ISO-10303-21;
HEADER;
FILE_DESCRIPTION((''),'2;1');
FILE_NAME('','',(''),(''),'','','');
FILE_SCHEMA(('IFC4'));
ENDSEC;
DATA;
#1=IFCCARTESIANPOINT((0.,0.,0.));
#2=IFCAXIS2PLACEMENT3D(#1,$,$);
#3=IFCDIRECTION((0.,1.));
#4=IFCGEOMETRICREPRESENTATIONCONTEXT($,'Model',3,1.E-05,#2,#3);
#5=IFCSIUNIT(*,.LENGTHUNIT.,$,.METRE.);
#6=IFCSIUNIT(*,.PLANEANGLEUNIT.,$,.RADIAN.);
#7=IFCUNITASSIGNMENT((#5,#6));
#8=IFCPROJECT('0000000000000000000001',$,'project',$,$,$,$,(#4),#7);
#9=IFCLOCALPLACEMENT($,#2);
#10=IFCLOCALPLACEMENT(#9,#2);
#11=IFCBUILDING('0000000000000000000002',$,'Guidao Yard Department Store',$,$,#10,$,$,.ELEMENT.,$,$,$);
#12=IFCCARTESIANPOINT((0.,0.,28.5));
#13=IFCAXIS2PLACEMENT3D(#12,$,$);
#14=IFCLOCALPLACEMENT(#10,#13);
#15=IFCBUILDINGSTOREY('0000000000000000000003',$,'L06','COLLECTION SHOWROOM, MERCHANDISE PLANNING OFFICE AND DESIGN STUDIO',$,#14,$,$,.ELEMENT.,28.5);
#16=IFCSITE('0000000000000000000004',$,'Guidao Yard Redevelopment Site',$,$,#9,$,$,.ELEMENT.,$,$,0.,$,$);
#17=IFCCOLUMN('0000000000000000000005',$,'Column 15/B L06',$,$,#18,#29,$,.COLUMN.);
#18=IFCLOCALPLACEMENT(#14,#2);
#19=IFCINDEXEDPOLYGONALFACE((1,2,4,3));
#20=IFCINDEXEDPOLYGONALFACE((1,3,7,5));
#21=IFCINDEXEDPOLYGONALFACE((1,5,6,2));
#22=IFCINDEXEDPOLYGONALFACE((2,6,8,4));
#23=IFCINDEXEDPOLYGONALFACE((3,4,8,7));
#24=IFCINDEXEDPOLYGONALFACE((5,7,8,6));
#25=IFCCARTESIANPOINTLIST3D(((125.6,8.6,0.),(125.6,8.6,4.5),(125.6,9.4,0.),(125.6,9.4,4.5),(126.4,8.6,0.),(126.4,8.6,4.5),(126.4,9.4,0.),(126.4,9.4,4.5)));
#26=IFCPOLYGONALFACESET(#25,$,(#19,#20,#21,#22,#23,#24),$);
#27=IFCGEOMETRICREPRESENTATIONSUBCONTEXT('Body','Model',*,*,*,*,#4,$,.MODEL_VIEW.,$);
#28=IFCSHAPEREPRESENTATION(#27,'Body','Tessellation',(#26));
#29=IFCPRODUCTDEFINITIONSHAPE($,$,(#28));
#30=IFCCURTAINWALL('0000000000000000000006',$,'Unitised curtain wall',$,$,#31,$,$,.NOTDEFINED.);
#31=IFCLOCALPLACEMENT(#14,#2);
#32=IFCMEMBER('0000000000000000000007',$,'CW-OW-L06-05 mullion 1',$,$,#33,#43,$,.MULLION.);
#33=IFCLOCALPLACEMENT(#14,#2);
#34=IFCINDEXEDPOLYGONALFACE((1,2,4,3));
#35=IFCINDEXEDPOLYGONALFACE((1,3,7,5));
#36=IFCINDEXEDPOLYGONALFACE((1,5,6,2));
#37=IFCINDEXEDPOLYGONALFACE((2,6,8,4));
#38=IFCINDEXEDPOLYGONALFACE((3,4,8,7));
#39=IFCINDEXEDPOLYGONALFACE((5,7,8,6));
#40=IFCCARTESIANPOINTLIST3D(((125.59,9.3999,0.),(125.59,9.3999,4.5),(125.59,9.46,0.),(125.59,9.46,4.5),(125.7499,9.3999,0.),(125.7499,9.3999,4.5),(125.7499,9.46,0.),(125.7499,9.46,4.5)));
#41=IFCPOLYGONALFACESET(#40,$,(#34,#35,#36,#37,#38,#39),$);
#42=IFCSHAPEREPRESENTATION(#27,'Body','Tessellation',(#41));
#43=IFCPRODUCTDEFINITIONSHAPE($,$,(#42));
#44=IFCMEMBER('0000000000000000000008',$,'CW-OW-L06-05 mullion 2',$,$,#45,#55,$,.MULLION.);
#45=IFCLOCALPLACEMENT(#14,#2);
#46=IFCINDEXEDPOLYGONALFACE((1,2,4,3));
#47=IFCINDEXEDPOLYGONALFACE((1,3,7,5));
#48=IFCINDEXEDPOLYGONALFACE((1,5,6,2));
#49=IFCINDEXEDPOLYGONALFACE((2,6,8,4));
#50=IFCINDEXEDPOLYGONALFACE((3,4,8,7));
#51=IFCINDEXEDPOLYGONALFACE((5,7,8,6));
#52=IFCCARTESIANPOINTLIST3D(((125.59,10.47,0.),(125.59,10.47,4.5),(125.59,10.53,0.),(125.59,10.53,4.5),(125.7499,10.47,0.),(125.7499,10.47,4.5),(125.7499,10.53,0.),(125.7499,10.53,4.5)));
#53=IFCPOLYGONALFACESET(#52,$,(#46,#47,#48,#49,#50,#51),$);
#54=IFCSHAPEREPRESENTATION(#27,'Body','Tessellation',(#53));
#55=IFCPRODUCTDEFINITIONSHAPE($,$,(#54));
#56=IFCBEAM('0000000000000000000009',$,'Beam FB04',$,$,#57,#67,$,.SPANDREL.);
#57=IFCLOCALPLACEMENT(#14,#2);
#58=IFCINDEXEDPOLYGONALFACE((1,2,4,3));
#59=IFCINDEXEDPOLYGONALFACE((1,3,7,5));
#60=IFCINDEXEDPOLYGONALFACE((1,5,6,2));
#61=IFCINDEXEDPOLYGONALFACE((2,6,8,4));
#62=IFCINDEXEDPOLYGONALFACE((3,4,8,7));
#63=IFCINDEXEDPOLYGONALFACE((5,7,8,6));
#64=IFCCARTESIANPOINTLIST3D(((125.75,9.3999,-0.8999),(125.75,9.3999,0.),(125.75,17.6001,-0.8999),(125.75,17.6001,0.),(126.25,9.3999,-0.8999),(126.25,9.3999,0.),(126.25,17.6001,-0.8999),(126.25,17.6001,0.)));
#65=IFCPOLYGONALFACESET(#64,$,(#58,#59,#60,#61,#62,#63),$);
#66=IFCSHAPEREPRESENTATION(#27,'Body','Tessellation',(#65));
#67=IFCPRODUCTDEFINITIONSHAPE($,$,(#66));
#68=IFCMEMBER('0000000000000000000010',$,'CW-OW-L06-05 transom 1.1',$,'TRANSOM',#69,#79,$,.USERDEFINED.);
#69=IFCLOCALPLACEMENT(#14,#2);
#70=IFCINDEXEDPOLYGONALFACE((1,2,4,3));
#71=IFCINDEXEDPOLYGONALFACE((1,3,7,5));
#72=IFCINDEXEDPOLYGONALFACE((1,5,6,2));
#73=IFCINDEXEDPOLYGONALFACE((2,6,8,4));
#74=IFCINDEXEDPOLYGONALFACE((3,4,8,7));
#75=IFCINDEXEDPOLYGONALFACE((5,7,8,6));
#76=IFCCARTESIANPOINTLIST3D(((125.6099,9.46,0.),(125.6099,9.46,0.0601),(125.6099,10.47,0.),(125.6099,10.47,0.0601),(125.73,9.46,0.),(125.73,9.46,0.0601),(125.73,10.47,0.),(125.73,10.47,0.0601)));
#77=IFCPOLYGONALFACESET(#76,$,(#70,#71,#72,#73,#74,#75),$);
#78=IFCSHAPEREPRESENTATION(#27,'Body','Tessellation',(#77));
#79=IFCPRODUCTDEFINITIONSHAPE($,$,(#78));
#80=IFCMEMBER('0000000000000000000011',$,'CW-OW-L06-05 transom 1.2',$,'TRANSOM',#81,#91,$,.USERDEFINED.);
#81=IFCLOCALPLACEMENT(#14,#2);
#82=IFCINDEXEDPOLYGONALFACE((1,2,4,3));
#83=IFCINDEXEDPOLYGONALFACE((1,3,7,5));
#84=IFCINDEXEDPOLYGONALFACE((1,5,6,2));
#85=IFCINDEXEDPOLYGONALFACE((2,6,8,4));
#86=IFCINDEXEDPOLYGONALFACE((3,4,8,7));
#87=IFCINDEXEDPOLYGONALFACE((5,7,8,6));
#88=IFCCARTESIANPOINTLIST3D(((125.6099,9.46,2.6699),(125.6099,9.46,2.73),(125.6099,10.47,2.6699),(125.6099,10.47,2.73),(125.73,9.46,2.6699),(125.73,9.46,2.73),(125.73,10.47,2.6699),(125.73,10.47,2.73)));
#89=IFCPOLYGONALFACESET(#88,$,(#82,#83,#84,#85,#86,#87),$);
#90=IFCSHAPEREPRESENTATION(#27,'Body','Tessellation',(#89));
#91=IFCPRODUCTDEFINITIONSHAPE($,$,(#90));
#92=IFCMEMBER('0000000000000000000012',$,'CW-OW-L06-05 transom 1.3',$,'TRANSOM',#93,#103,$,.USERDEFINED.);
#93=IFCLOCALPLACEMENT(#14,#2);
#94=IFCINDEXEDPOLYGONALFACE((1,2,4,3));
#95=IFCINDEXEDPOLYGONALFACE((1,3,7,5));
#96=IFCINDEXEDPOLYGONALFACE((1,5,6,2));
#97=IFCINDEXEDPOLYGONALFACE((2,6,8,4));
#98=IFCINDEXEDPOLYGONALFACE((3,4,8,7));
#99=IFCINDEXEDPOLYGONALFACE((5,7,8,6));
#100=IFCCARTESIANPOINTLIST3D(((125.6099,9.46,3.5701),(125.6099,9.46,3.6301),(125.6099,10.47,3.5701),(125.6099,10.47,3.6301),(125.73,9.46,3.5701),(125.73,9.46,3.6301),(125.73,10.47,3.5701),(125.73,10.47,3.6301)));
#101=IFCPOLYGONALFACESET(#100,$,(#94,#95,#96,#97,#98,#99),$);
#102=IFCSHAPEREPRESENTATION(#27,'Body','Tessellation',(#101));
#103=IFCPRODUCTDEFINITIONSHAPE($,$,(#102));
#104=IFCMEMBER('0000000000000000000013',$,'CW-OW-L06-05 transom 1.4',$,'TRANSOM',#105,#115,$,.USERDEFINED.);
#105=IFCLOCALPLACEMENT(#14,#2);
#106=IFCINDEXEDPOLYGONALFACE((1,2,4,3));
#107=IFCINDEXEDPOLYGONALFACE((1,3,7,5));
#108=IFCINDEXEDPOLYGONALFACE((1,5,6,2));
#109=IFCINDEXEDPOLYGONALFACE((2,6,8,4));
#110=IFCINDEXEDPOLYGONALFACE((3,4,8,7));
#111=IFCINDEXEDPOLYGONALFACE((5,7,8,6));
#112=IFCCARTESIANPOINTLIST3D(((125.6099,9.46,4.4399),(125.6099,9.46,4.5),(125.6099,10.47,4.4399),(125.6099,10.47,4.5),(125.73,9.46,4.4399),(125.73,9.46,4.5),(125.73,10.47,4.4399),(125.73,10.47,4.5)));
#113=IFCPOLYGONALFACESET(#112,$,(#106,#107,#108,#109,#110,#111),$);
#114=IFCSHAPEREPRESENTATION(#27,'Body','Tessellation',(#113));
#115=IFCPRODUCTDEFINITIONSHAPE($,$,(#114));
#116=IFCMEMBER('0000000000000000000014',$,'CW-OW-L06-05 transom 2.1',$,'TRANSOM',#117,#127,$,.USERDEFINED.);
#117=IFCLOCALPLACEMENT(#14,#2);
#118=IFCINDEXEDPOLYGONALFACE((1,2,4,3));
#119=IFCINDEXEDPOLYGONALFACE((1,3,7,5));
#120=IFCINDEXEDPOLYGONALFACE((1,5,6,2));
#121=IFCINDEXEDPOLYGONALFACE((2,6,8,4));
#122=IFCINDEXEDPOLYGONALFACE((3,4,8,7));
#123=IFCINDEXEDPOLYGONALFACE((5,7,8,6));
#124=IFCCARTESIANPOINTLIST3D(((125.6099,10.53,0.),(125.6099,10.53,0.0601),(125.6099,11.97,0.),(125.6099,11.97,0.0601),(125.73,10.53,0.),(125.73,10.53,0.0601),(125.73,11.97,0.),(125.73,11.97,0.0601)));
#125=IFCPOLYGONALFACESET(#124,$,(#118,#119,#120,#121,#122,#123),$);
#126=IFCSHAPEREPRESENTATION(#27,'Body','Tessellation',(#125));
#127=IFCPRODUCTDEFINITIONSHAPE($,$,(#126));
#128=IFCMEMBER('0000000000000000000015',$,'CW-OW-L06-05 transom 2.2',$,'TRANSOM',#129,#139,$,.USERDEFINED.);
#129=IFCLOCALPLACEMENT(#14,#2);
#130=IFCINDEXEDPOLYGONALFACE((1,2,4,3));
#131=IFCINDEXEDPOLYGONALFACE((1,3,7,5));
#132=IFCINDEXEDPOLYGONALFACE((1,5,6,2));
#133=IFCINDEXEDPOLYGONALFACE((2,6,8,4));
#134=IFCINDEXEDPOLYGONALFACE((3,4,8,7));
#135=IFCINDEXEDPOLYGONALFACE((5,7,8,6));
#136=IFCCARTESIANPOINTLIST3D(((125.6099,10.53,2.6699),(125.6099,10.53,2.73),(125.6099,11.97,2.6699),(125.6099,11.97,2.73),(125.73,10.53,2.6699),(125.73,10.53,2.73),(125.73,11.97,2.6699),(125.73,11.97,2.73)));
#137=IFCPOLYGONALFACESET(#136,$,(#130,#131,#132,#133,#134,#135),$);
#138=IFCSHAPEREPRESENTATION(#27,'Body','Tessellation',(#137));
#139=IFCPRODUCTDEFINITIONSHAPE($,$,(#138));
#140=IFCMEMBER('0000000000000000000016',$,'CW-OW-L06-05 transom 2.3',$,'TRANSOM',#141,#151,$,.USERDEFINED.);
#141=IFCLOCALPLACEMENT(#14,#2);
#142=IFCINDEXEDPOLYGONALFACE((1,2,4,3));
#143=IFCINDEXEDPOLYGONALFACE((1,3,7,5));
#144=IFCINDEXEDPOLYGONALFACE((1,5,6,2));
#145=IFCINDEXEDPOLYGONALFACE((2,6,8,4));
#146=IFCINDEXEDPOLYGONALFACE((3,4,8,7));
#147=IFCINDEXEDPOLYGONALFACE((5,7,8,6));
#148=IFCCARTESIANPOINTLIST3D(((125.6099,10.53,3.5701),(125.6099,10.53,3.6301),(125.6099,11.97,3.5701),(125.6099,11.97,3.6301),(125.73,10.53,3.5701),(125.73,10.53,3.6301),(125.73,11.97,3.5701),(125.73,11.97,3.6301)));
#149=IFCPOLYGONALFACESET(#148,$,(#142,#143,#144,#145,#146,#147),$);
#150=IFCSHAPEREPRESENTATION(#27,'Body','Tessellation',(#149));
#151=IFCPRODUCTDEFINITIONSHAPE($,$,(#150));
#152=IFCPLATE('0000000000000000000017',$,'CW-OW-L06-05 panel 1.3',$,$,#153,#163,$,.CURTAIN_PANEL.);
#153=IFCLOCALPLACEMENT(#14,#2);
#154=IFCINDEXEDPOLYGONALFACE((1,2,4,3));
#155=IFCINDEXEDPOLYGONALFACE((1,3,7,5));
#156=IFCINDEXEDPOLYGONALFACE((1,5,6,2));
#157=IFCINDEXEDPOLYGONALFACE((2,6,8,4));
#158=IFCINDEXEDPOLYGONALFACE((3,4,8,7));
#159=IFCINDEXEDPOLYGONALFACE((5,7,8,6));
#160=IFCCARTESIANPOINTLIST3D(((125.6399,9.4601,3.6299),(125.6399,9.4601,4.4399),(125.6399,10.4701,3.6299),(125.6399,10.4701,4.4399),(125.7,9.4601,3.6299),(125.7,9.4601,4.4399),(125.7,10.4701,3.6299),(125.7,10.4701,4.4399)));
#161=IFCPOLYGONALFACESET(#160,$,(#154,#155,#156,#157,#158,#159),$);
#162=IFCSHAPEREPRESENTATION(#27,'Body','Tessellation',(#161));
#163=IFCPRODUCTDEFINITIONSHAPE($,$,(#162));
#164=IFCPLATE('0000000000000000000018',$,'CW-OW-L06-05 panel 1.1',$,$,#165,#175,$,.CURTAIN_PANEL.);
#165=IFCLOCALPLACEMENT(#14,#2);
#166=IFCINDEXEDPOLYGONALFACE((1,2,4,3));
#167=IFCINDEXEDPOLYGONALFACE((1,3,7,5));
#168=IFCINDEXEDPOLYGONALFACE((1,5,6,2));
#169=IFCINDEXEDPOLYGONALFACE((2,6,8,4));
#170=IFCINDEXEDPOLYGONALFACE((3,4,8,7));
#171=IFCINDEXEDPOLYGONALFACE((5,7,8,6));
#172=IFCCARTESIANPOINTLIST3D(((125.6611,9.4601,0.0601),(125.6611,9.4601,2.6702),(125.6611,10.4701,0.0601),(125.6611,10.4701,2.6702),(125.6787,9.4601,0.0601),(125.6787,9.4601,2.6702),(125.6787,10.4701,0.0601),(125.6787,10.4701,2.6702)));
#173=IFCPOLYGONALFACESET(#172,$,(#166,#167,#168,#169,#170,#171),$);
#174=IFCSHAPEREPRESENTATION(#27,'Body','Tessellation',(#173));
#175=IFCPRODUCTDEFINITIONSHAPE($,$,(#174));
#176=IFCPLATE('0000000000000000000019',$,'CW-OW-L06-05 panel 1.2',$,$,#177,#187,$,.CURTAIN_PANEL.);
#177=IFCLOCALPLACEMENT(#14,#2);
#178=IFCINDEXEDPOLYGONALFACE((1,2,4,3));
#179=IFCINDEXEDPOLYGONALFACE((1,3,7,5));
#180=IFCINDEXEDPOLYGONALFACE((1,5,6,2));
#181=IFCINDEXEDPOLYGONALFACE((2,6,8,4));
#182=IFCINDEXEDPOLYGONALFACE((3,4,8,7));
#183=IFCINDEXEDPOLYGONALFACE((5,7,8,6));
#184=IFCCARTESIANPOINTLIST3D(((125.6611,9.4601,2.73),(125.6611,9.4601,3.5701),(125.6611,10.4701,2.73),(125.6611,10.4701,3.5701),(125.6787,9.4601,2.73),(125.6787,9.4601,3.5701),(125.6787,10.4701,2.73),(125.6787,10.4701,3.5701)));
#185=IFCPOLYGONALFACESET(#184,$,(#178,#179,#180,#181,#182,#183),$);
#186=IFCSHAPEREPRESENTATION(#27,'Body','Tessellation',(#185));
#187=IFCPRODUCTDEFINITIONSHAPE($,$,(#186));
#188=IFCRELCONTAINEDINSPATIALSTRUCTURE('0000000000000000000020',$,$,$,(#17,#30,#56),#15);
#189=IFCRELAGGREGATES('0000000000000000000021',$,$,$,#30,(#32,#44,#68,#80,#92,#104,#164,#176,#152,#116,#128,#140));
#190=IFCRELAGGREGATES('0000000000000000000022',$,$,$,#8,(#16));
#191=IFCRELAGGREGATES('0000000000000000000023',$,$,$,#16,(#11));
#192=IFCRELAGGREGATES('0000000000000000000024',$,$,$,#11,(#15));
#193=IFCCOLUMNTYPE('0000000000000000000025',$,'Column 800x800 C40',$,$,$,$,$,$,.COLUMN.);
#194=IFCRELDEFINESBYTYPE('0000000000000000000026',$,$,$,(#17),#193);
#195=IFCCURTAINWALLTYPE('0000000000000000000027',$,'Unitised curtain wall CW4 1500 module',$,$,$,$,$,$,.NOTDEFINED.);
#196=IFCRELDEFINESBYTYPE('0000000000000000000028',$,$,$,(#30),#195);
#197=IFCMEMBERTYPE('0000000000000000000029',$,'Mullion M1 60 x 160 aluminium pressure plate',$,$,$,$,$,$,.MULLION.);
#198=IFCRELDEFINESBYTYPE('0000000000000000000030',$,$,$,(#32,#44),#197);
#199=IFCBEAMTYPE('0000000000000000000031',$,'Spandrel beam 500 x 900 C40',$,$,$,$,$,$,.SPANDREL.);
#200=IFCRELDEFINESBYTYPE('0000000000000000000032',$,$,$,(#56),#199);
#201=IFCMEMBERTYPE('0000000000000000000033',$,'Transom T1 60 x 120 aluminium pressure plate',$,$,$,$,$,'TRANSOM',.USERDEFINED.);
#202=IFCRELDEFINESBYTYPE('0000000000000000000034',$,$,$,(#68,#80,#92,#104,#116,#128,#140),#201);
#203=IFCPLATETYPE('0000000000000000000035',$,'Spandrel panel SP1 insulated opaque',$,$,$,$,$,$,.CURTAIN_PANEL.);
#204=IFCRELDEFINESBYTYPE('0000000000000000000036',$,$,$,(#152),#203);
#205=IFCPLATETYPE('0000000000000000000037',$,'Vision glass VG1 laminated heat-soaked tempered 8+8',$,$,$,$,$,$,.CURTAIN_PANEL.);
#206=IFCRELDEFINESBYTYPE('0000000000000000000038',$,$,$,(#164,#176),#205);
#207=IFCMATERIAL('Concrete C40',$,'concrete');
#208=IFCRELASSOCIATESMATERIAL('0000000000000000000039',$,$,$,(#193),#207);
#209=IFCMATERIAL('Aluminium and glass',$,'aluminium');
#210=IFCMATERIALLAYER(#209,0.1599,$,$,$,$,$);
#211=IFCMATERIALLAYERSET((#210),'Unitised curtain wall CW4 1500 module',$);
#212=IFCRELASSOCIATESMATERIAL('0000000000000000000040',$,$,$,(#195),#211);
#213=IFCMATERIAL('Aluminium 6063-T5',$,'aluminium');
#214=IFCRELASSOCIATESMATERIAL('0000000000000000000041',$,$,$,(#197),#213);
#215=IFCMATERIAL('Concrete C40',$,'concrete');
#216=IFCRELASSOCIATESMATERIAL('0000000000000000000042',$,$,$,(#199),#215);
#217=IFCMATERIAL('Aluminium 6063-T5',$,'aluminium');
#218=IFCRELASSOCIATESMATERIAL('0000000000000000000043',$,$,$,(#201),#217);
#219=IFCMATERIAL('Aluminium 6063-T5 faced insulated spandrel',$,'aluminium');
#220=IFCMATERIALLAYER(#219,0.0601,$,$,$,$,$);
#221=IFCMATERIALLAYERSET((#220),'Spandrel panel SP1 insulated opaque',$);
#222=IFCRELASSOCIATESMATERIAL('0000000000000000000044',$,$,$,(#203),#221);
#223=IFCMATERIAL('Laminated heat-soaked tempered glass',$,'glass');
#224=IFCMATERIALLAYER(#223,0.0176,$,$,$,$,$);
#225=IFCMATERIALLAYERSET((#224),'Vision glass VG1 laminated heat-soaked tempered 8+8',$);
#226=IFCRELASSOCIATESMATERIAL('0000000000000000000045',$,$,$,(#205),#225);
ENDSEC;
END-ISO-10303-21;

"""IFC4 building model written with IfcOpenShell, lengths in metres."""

from ifc_helpers import new_model, si_unit, direction, frame, origin, origin_2d, place, context, subcontext, project, spatial, rectangle, extrude, material, layer, layer_set, material_profile, profile_set, type_object, element, aggregate, save


model = new_model("IFC4")

# Units and contexts
model_context = context("Model", 3, precision=1e-05, world=origin(), true_north=direction((0.0, 1.0)))
body_context = subcontext(model_context, "Body", "Model", "MODEL_VIEW")
ifc_project = project(units=[si_unit("LENGTHUNIT", "METRE"), si_unit("PLANEANGLEUNIT", "RADIAN")], contexts=[model_context])

# Site, building, storey
site_placement = place(None, origin())
site = spatial("IfcSite", under=ifc_project, at=site_placement, Name="Guidao Yard Redevelopment Site", CompositionType="ELEMENT", RefElevation=0.0)
building_placement = place(site_placement, origin())
building = spatial("IfcBuilding", under=site, at=building_placement, Name="Guidao Yard Department Store", CompositionType="ELEMENT")
storey_placement = place(building_placement, frame((0.0, 0.0, 28.5)))
storey = spatial("IfcBuildingStorey", under=building, at=storey_placement, Name="L06", Description="COLLECTION SHOWROOM, MERCHANDISE PLANNING OFFICE AND DESIGN STUDIO", CompositionType="ELEMENT", Elevation=28.5)

# Column
ifc_material_1 = material(Name="Concrete C40", Category="concrete")
ifc_material_profile_1 = material_profile(ifc_material_1, rectangle(XDim=0.8, YDim=0.8, at=origin_2d()), Name="COL 800x800")
ifc_profile_set_1 = profile_set([ifc_material_profile_1], Name="Concrete C40")
column_type = type_object("IfcColumnType", Name="Column 800x800 C40", PredefinedType="COLUMN", material=ifc_profile_set_1)
column_placement = place(storey_placement, frame((126.0, 9.0, 0.0), z_axis=(0.0, 0.0, 1.0), x_axis=(1.0, 0.0, 0.0)))
element("IfcColumn", 1, at=column_placement, inside=storey, type_object=column_type, Name="Column 15/B L06", PredefinedType="COLUMN", context=body_context, shape_type="SweptSolid", body=[
    extrude(rectangle(XDim=0.8, YDim=0.8, at=origin_2d()), origin(), (0.0, 0.0, 1.0), 4.5),
])

# Curtain wall, members
ifc_material_2 = material(Name="Aluminium and glass", Category="aluminium")
ifc_layer_1 = layer(ifc_material_2, 0.1599)
ifc_layer_set_1 = layer_set([ifc_layer_1], Name="Unitised curtain wall CW4 1500 module")
curtain_wall_type = type_object("IfcCurtainWallType", Name="Unitised curtain wall CW4 1500 module", PredefinedType="NOTDEFINED", material=ifc_layer_set_1)
curtain_wall_placement = place(storey_placement, origin())
curtain_wall = element("IfcCurtainWall", 2, at=curtain_wall_placement, inside=storey, type_object=curtain_wall_type, Name="Unitised curtain wall", PredefinedType="NOTDEFINED")
ifc_material_3 = material(Name="Aluminium 6063-T5", Category="aluminium")
ifc_material_profile_2 = material_profile(ifc_material_3, rectangle(XDim=0.0601, YDim=0.1599, at=origin_2d()), Name="Mullion M1 60 x 160 aluminium pressure plate")
ifc_profile_set_2 = profile_set([ifc_material_profile_2], Name="Aluminium 6063-T5")
member_type_1 = type_object("IfcMemberType", Name="Mullion M1 60 x 160 aluminium pressure plate", PredefinedType="MULLION", material=ifc_profile_set_2)
member_1_placement = place(storey_placement, frame((125.6699, 9.4299, 0.0), z_axis=(0.0, 0.0, 1.0), x_axis=(0.0, 1.0, 0.0)))
member_1 = element("IfcMember", 3, at=member_1_placement, type_object=member_type_1, Name="CW-OW-L06-05 mullion 1", PredefinedType="MULLION", context=body_context, shape_type="SweptSolid", body=[
    extrude(rectangle(XDim=0.0601, YDim=0.1599, at=origin_2d()), origin(), (0.0, 0.0, 1.0), 4.5),
])
member_2_placement = place(storey_placement, frame((125.6699, 10.5, 0.0), z_axis=(0.0, 0.0, 1.0), x_axis=(0.0, 1.0, 0.0)))
member_2 = element("IfcMember", 4, at=member_2_placement, type_object=member_type_1, Name="CW-OW-L06-05 mullion 2", PredefinedType="MULLION", context=body_context, shape_type="SweptSolid", body=[
    extrude(rectangle(XDim=0.0601, YDim=0.1599, at=origin_2d()), origin(), (0.0, 0.0, 1.0), 4.5),
])

# Beam
ifc_material_4 = material(Name="Concrete C40", Category="concrete")
ifc_material_profile_3 = material_profile(ifc_material_4, rectangle(XDim=0.5, YDim=0.8999, at=origin_2d()), Name="Spandrel beam 500 x 900 C40")
ifc_profile_set_3 = profile_set([ifc_material_profile_3], Name="Concrete C40")
beam_type = type_object("IfcBeamType", Name="Spandrel beam 500 x 900 C40", PredefinedType="SPANDREL", material=ifc_profile_set_3)
beam_placement = place(storey_placement, frame((126.0, 9.3999, -0.45), z_axis=(0.0, 1.0, 0.0), x_axis=(-1.0, 0.0, 0.0)))
element("IfcBeam", 5, at=beam_placement, inside=storey, type_object=beam_type, Name="Beam FB04", PredefinedType="SPANDREL", context=body_context, shape_type="SweptSolid", body=[
    extrude(rectangle(XDim=0.5, YDim=0.8999, at=origin_2d()), origin(), (0.0, 0.0, 1.0), 8.2002),
])

# Members
ifc_material_5 = material(Name="Aluminium 6063-T5", Category="aluminium")
ifc_material_profile_4 = material_profile(ifc_material_5, rectangle(XDim=0.1201, YDim=0.0601, at=origin_2d()), Name="Transom T1 60 x 120 aluminium pressure plate")
ifc_profile_set_4 = profile_set([ifc_material_profile_4], Name="Aluminium 6063-T5")
member_type_2 = type_object("IfcMemberType", Name="Transom T1 60 x 120 aluminium pressure plate", ElementType="TRANSOM", PredefinedType="USERDEFINED", material=ifc_profile_set_4)
member_3_placement = place(storey_placement, frame((125.6699, 9.46, 0.03), z_axis=(0.0, 1.0, 0.0), x_axis=(-1.0, 0.0, 0.0)))
member_3 = element("IfcMember", 6, at=member_3_placement, type_object=member_type_2, Name="CW-OW-L06-05 transom 1.1", ObjectType="TRANSOM", PredefinedType="USERDEFINED", context=body_context, shape_type="SweptSolid", body=[
    extrude(rectangle(XDim=0.1201, YDim=0.0601, at=origin_2d()), origin(), (0.0, 0.0, 1.0), 1.01),
])
member_4_placement = place(storey_placement, frame((125.6699, 9.46, 2.7), z_axis=(0.0, 1.0, 0.0), x_axis=(-1.0, 0.0, 0.0)))
member_4 = element("IfcMember", 7, at=member_4_placement, type_object=member_type_2, Name="CW-OW-L06-05 transom 1.2", ObjectType="TRANSOM", PredefinedType="USERDEFINED", context=body_context, shape_type="SweptSolid", body=[
    extrude(rectangle(XDim=0.1201, YDim=0.0601, at=origin_2d()), origin(), (0.0, 0.0, 1.0), 1.01),
])
member_5_placement = place(storey_placement, frame((125.6699, 9.46, 3.6001), z_axis=(0.0, 1.0, 0.0), x_axis=(-1.0, 0.0, 0.0)))
member_5 = element("IfcMember", 8, at=member_5_placement, type_object=member_type_2, Name="CW-OW-L06-05 transom 1.3", ObjectType="TRANSOM", PredefinedType="USERDEFINED", context=body_context, shape_type="SweptSolid", body=[
    extrude(rectangle(XDim=0.1201, YDim=0.0601, at=origin_2d()), origin(), (0.0, 0.0, 1.0), 1.01),
])
member_6_placement = place(storey_placement, frame((125.6699, 9.46, 4.47), z_axis=(0.0, 1.0, 0.0), x_axis=(-1.0, 0.0, 0.0)))
member_6 = element("IfcMember", 9, at=member_6_placement, type_object=member_type_2, Name="CW-OW-L06-05 transom 1.4", ObjectType="TRANSOM", PredefinedType="USERDEFINED", context=body_context, shape_type="SweptSolid", body=[
    extrude(rectangle(XDim=0.1201, YDim=0.0601, at=origin_2d()), origin(), (0.0, 0.0, 1.0), 1.01),
])
member_7_placement = place(storey_placement, frame((125.6699, 10.53, 0.03), z_axis=(0.0, 1.0, 0.0), x_axis=(-1.0, 0.0, 0.0)))
member_7 = element("IfcMember", 10, at=member_7_placement, type_object=member_type_2, Name="CW-OW-L06-05 transom 2.1", ObjectType="TRANSOM", PredefinedType="USERDEFINED", context=body_context, shape_type="SweptSolid", body=[
    extrude(rectangle(XDim=0.1201, YDim=0.0601, at=origin_2d()), origin(), (0.0, 0.0, 1.0), 1.4399),
])
member_8_placement = place(storey_placement, frame((125.6699, 10.53, 2.7), z_axis=(0.0, 1.0, 0.0), x_axis=(-1.0, 0.0, 0.0)))
member_8 = element("IfcMember", 11, at=member_8_placement, type_object=member_type_2, Name="CW-OW-L06-05 transom 2.2", ObjectType="TRANSOM", PredefinedType="USERDEFINED", context=body_context, shape_type="SweptSolid", body=[
    extrude(rectangle(XDim=0.1201, YDim=0.0601, at=origin_2d()), origin(), (0.0, 0.0, 1.0), 1.4399),
])
member_9_placement = place(storey_placement, frame((125.6699, 10.53, 3.6001), z_axis=(0.0, 1.0, 0.0), x_axis=(-1.0, 0.0, 0.0)))
member_9 = element("IfcMember", 12, at=member_9_placement, type_object=member_type_2, Name="CW-OW-L06-05 transom 2.3", ObjectType="TRANSOM", PredefinedType="USERDEFINED", context=body_context, shape_type="SweptSolid", body=[
    extrude(rectangle(XDim=0.1201, YDim=0.0601, at=origin_2d()), origin(), (0.0, 0.0, 1.0), 1.4399),
])

# Plates
ifc_material_6 = material(Name="Aluminium 6063-T5 faced insulated spandrel", Category="aluminium")
ifc_layer_2 = layer(ifc_material_6, 0.0601)
ifc_layer_set_2 = layer_set([ifc_layer_2], Name="Spandrel panel SP1 insulated opaque")
plate_type_1 = type_object("IfcPlateType", Name="Spandrel panel SP1 insulated opaque", PredefinedType="CURTAIN_PANEL", material=ifc_layer_set_2)
plate_1_placement = place(storey_placement, frame((125.6699, 9.9651, 3.6299), z_axis=(0.0, 0.0, 1.0), x_axis=(0.0, 1.0, 0.0)))
plate_1 = element("IfcPlate", 13, at=plate_1_placement, type_object=plate_type_1, Name="CW-OW-L06-05 panel 1.3", PredefinedType="CURTAIN_PANEL", context=body_context, shape_type="SweptSolid", body=[
    extrude(rectangle(XDim=1.01, YDim=0.0601, at=origin_2d()), origin(), (0.0, 0.0, 1.0), 0.8101),
])
ifc_material_7 = material(Name="Laminated heat-soaked tempered glass", Category="glass")
ifc_layer_3 = layer(ifc_material_7, 0.0176)
ifc_layer_set_3 = layer_set([ifc_layer_3], Name="Vision glass VG1 laminated heat-soaked tempered 8+8")
plate_type_2 = type_object("IfcPlateType", Name="Vision glass VG1 laminated heat-soaked tempered 8+8", PredefinedType="CURTAIN_PANEL", material=ifc_layer_set_3)
plate_2_placement = place(storey_placement, frame((125.6699, 9.9651, 0.0601), z_axis=(0.0, 0.0, 1.0), x_axis=(0.0, 1.0, 0.0)))
plate_2 = element("IfcPlate", 14, at=plate_2_placement, type_object=plate_type_2, Name="CW-OW-L06-05 panel 1.1", PredefinedType="CURTAIN_PANEL", context=body_context, shape_type="SweptSolid", body=[
    extrude(rectangle(XDim=1.01, YDim=0.0176, at=origin_2d()), origin(), (0.0, 0.0, 1.0), 2.6101),
])
plate_3_placement = place(storey_placement, frame((125.6699, 9.9651, 2.73), z_axis=(0.0, 0.0, 1.0), x_axis=(0.0, 1.0, 0.0)))
plate_3 = element("IfcPlate", 15, at=plate_3_placement, type_object=plate_type_2, Name="CW-OW-L06-05 panel 1.2", PredefinedType="CURTAIN_PANEL", context=body_context, shape_type="SweptSolid", body=[
    extrude(rectangle(XDim=1.01, YDim=0.0176, at=origin_2d()), origin(), (0.0, 0.0, 1.0), 0.8401),
])
aggregate(curtain_wall, [member_1, member_2, member_3, member_4, member_5, member_6, plate_2, plate_3, plate_1, member_7, member_8, member_9])

save(model, "model.ifc")
